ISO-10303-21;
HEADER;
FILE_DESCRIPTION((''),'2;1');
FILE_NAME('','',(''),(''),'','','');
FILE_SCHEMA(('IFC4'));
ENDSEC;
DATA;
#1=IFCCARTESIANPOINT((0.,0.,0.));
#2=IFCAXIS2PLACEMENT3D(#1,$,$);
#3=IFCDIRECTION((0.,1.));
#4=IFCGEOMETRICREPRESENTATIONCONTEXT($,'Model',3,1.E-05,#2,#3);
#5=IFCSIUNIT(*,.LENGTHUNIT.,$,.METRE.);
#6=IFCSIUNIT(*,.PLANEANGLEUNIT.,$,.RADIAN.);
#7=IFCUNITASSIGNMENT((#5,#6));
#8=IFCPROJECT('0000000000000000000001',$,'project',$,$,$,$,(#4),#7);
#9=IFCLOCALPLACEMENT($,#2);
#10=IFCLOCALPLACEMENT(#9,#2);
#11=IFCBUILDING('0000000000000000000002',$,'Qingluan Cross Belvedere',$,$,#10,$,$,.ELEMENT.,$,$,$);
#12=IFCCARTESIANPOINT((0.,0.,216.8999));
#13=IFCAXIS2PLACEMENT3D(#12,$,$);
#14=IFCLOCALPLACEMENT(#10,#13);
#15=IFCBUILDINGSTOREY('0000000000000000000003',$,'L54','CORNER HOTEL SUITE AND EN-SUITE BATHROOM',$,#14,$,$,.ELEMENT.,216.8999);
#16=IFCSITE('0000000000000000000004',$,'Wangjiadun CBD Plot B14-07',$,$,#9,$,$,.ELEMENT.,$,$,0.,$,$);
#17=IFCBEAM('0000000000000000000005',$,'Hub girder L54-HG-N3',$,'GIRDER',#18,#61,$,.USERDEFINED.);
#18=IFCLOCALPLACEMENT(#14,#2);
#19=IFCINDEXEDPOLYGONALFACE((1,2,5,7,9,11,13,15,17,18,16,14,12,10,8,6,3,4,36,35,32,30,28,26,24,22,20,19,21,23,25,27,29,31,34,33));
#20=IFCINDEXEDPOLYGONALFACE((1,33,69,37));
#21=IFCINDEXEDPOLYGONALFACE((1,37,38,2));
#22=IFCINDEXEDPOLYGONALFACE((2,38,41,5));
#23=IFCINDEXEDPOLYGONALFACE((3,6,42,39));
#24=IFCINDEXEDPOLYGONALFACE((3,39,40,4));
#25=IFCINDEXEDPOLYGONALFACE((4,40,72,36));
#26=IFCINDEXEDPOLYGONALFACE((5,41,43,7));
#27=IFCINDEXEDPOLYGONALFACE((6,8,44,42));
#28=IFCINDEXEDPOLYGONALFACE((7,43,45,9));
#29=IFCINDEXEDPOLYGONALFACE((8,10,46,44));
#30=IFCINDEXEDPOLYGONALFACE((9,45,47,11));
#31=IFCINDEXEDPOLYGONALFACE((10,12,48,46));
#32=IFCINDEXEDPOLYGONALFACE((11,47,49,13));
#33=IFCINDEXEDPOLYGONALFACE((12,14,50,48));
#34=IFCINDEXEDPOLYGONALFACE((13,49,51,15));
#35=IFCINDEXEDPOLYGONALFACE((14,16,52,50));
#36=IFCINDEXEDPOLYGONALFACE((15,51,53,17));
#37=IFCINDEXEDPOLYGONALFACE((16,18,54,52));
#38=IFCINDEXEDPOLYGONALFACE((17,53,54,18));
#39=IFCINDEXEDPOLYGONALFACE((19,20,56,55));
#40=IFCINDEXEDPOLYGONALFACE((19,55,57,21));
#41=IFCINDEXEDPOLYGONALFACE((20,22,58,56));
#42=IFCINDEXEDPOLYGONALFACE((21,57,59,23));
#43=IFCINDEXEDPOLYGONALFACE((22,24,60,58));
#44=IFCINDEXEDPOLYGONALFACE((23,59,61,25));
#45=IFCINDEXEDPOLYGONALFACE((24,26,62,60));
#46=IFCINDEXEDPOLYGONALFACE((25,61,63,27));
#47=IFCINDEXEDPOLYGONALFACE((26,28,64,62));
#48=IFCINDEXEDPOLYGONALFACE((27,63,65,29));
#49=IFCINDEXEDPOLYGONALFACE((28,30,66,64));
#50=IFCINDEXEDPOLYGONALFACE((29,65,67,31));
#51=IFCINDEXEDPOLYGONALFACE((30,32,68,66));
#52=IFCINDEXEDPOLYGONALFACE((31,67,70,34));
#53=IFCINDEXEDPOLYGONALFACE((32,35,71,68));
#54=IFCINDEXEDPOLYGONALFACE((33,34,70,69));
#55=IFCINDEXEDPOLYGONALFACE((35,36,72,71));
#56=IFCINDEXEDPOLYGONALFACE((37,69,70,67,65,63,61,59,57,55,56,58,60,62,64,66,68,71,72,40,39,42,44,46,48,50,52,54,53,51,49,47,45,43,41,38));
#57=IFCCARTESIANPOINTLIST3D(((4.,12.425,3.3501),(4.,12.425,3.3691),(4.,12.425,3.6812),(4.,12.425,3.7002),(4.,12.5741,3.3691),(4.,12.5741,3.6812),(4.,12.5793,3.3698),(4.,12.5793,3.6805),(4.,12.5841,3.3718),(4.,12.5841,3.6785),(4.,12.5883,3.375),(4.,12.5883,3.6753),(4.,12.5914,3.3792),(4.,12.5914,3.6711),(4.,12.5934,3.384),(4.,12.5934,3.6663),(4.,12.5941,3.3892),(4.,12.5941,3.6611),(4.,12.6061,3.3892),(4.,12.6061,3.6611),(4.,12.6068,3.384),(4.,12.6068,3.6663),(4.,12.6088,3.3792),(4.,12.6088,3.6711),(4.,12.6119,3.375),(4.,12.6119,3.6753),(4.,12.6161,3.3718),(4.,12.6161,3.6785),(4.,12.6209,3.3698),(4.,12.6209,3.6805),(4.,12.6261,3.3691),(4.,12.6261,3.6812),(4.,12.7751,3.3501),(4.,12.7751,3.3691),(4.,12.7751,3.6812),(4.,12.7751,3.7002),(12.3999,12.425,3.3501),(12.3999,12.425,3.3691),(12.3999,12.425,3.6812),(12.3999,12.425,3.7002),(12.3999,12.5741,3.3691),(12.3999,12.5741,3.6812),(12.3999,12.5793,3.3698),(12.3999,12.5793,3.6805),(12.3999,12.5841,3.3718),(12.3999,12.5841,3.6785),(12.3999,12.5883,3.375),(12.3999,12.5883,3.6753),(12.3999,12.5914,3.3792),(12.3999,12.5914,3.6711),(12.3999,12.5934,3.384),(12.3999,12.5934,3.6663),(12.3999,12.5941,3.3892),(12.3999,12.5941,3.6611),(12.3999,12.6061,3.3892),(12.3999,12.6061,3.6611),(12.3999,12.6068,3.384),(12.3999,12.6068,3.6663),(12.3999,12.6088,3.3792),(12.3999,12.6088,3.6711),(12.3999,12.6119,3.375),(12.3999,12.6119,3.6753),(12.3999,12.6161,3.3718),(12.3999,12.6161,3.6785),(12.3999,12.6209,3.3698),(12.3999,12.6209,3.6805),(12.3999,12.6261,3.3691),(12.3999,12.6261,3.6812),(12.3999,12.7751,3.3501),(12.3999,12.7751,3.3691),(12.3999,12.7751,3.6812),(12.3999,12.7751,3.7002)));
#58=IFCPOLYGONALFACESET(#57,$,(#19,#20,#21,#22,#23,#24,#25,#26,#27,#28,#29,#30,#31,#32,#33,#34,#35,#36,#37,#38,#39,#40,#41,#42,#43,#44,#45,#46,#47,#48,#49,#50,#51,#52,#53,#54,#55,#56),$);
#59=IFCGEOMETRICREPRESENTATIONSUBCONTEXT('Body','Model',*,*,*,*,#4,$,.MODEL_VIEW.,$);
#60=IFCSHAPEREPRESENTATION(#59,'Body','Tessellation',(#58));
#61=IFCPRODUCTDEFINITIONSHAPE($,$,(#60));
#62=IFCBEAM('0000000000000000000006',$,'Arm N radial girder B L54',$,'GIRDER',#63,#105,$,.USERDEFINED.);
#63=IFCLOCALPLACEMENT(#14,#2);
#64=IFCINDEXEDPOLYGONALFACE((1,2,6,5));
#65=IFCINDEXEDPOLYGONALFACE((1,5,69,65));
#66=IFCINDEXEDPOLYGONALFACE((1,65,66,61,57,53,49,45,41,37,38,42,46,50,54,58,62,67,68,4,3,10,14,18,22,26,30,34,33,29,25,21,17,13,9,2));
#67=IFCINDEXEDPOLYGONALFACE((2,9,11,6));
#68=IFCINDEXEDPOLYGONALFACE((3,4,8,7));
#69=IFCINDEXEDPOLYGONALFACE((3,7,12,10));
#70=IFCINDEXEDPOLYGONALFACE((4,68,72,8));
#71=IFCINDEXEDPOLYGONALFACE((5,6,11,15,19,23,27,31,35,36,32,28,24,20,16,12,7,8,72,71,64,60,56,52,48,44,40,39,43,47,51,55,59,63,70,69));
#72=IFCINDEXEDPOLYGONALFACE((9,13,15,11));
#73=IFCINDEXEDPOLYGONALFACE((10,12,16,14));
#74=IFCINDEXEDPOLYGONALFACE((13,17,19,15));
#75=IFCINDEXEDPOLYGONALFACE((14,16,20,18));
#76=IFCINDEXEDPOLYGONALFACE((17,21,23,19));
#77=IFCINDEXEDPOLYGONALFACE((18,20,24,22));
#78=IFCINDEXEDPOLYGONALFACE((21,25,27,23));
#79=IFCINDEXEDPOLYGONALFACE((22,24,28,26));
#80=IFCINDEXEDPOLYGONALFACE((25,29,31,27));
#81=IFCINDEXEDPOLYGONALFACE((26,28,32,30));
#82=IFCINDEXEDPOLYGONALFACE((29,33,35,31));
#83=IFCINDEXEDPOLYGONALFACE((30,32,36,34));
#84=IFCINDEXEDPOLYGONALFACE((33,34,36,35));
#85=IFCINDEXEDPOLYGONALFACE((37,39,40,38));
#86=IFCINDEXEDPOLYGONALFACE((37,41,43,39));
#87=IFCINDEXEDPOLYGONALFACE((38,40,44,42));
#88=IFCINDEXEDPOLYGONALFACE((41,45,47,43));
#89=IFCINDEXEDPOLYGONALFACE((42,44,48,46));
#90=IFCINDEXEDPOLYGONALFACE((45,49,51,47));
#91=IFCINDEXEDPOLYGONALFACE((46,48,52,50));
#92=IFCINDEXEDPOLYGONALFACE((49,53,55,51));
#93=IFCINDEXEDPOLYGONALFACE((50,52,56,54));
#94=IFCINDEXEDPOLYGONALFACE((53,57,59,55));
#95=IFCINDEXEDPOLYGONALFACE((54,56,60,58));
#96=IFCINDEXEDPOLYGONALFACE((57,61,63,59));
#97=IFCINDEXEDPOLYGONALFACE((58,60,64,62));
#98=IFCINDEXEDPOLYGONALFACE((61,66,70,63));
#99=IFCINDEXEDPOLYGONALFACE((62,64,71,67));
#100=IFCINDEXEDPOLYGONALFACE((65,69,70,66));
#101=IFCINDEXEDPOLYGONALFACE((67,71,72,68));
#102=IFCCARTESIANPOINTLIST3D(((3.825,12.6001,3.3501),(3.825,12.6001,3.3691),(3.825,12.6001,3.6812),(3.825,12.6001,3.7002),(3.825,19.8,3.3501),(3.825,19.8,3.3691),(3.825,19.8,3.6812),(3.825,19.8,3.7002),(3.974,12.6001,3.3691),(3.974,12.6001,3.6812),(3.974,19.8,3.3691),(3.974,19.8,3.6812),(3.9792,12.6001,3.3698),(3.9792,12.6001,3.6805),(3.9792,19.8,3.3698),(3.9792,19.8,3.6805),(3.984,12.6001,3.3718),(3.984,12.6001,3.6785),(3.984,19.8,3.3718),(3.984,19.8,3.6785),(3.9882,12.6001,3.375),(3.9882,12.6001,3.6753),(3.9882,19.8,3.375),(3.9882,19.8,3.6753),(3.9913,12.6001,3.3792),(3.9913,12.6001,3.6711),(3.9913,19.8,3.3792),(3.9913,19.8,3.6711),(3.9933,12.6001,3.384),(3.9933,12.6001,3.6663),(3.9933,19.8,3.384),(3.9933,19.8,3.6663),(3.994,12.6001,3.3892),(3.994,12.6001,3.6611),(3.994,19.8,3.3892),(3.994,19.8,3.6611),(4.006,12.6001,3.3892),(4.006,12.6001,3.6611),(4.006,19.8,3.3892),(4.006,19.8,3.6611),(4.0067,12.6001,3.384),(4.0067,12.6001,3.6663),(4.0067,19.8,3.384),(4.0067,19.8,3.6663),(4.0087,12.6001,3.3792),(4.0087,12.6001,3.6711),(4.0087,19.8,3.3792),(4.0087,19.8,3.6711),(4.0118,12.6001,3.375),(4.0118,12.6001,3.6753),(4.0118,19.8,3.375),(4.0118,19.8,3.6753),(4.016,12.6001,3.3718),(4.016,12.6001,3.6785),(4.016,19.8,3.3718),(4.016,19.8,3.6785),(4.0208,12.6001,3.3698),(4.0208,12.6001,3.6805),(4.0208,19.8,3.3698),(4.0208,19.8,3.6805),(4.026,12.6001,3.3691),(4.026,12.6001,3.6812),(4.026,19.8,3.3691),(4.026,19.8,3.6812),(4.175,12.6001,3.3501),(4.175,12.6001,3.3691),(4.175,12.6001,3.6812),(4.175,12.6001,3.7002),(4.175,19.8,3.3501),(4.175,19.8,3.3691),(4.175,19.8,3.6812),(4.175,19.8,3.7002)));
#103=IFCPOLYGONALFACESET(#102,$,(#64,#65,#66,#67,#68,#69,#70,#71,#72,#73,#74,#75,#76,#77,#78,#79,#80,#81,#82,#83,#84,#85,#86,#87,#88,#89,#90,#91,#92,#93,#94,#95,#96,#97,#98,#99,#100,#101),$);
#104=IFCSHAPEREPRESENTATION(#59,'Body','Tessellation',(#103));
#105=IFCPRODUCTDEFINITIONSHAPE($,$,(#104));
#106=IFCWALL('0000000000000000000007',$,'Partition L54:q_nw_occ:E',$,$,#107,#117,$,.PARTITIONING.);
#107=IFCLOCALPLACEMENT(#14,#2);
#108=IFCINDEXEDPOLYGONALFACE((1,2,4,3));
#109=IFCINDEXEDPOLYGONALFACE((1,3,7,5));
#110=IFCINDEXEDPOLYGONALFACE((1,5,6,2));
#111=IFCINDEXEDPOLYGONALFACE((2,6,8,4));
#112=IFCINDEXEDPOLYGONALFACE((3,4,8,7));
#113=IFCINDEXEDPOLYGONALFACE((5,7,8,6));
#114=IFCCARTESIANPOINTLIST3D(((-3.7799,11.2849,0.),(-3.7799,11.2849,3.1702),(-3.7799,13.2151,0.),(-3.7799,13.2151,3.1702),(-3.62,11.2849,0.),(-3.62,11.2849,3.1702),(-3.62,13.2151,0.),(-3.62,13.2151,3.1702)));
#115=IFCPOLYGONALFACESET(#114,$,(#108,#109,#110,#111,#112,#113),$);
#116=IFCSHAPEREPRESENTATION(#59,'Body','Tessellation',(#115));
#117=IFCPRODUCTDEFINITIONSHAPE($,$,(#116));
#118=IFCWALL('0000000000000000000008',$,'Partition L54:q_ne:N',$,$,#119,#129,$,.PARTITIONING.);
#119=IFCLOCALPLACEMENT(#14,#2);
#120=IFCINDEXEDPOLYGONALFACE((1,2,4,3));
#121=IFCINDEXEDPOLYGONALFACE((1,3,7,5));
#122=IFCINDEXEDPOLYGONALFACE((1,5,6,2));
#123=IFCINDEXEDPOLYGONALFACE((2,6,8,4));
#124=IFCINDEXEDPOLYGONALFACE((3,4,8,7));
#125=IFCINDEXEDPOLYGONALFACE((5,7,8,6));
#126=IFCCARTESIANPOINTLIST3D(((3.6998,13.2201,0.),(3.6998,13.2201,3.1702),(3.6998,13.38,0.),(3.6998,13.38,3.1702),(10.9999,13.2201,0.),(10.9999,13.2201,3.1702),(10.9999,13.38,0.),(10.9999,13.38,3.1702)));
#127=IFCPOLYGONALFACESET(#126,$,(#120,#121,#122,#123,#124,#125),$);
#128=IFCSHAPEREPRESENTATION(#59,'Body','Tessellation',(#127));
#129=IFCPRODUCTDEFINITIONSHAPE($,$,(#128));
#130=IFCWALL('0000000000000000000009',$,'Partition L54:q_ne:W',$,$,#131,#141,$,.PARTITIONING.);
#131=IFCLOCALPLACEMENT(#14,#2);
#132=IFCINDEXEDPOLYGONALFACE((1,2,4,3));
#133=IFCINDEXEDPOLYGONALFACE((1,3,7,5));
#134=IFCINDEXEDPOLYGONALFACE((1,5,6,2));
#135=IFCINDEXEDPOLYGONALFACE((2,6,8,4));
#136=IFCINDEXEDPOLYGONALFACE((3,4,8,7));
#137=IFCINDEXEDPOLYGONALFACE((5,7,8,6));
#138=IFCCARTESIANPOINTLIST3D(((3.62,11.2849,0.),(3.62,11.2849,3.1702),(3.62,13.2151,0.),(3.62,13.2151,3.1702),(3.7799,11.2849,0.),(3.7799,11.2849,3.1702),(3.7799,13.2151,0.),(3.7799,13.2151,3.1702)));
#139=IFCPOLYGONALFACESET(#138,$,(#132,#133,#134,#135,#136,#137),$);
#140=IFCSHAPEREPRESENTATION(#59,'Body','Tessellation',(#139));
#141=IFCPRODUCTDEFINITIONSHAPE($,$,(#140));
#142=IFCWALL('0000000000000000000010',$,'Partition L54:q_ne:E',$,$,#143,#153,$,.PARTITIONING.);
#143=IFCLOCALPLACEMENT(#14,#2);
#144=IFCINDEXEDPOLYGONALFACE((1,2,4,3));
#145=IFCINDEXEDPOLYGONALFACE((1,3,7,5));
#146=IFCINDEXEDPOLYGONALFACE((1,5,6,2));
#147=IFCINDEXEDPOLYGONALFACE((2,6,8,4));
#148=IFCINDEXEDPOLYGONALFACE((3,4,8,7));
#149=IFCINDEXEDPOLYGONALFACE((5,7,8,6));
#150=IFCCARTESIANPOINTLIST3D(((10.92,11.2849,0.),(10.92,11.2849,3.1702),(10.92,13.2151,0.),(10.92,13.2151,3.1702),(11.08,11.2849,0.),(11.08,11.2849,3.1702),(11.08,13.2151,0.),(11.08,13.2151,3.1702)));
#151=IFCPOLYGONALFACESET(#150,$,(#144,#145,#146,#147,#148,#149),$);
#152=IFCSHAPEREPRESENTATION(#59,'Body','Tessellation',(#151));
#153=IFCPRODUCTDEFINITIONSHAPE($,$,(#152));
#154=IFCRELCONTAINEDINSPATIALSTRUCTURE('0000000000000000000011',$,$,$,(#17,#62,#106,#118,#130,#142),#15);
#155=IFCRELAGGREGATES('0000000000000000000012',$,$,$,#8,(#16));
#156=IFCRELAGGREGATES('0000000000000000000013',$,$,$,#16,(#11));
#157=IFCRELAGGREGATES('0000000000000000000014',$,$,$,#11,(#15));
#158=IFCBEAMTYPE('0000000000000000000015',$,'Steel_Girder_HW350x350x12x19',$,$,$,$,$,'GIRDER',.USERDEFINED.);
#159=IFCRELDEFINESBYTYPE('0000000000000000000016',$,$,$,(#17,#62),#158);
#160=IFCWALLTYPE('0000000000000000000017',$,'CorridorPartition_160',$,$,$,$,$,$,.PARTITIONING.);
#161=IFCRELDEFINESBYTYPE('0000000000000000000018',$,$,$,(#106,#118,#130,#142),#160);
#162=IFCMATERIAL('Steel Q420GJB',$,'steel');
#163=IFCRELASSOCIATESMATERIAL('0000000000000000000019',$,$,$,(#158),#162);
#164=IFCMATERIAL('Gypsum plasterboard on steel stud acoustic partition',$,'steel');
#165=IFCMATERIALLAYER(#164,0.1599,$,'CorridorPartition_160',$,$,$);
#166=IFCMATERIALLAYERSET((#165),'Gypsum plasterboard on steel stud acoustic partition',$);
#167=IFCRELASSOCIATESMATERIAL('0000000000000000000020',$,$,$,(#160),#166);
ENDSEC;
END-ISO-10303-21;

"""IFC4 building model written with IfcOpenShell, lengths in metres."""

from ifc_helpers import new_model, si_unit, direction, frame, frame_2d, origin, origin_2d, place, context, subcontext, project, spatial, rectangle, i_section, extrude, material, layer, layer_set, material_profile, profile_set, type_object, element, save


model = new_model("IFC4")

# Units and contexts
model_context = context("Model", 3, precision=1e-05, world=origin(), true_north=direction((0.0, 1.0)))
body_context = subcontext(model_context, "Body", "Model", "MODEL_VIEW")
ifc_project = project(units=[si_unit("LENGTHUNIT", "METRE"), si_unit("PLANEANGLEUNIT", "RADIAN")], contexts=[model_context])

# Site, building, storey
site_placement = place(None, origin())
site = spatial("IfcSite", under=ifc_project, at=site_placement, Name="Wangjiadun CBD Plot B14-07", CompositionType="ELEMENT", RefElevation=0.0)
building_placement = place(site_placement, origin())
building = spatial("IfcBuilding", under=site, at=building_placement, Name="Qingluan Cross Belvedere", CompositionType="ELEMENT")
storey_placement = place(building_placement, frame((0.0, 0.0, 216.8999)))
storey = spatial("IfcBuildingStorey", under=building, at=storey_placement, Name="L54", Description="CORNER HOTEL SUITE AND EN-SUITE BATHROOM", CompositionType="ELEMENT", Elevation=216.8999)

# Beams
ifc_material_1 = material(Name="Steel Q420GJB", Category="steel")
ifc_material_profile_1 = material_profile(ifc_material_1, i_section(OverallWidth=0.3501, OverallDepth=0.3501, WebThickness=0.012, FlangeThickness=0.019, FilletRadius=0.02, at=origin_2d()), Name="HW350x350x12x19")
ifc_profile_set_1 = profile_set([ifc_material_profile_1], Name="Steel Q420GJB")
beam_type_1 = type_object("IfcBeamType", Name="Steel_Girder_HW350x350x12x19", ElementType="GIRDER", PredefinedType="USERDEFINED", material=ifc_profile_set_1)
beam_1_placement = place(storey_placement, frame((4.0, 12.6001, 3.5251), z_axis=(1.0, 0.0, 0.0), x_axis=(0.0, 1.0, 0.0)))
element("IfcBeam", 1, at=beam_1_placement, inside=storey, type_object=beam_type_1, Name="Hub girder L54-HG-N3", ObjectType="GIRDER", PredefinedType="USERDEFINED", context=body_context, shape_type="SweptSolid", body=[
    extrude(i_section(OverallWidth=0.3501, OverallDepth=0.3501, WebThickness=0.012, FlangeThickness=0.019, FilletRadius=0.02, at=origin_2d()), origin(), (0.0, 0.0, 1.0), 8.3999),
])
beam_2_placement = place(storey_placement, frame((4.0, 12.6001, 3.5251), z_axis=(0.0, 1.0, 0.0), x_axis=(-1.0, 0.0, 0.0)))
element("IfcBeam", 2, at=beam_2_placement, inside=storey, type_object=beam_type_1, Name="Arm N radial girder B L54", ObjectType="GIRDER", PredefinedType="USERDEFINED", context=body_context, shape_type="SweptSolid", body=[
    extrude(i_section(OverallWidth=0.3501, OverallDepth=0.3501, WebThickness=0.012, FlangeThickness=0.019, FilletRadius=0.02, at=origin_2d()), origin(), (0.0, 0.0, 1.0), 7.2),
])

# Walls
ifc_material_2 = material(Name="Gypsum plasterboard on steel stud acoustic partition", Category="steel")
ifc_layer_1 = layer(ifc_material_2, 0.1599, Name="CorridorPartition_160")
ifc_layer_set_1 = layer_set([ifc_layer_1], Name="Gypsum plasterboard on steel stud acoustic partition")
wall_type_1 = type_object("IfcWallType", Name="CorridorPartition_160", PredefinedType="PARTITIONING", material=ifc_layer_set_1)
wall_1_placement = place(storey_placement, frame((-3.7, 11.2849, 0.0), z_axis=(0.0, 0.0, 1.0), x_axis=(0.0, 1.0, 0.0)))
element("IfcWall", 3, at=wall_1_placement, inside=storey, type_object=wall_type_1, Name="Partition L54:q_nw_occ:E", PredefinedType="PARTITIONING", context=body_context, shape_type="SweptSolid", body=[
    extrude(rectangle(XDim=1.9302, YDim=0.1599, at=frame_2d((0.9651, 0.0))), origin(), (0.0, 0.0, 1.0), 3.1702),
])
wall_2_placement = place(storey_placement, frame((3.7, 13.3, 0.0), z_axis=(0.0, 0.0, 1.0), x_axis=(1.0, 0.0, 0.0)))
element("IfcWall", 4, at=wall_2_placement, inside=storey, type_object=wall_type_1, Name="Partition L54:q_ne:N", PredefinedType="PARTITIONING", context=body_context, shape_type="SweptSolid", body=[
    extrude(rectangle(XDim=7.3, YDim=0.1599, at=frame_2d((3.6499, 0.0))), origin(), (0.0, 0.0, 1.0), 3.1702),
])
for number, where, z_axis, x_axis, name in (
    (5, (3.7, 11.2849, 0.0), (0.0, 0.0, 1.0), (0.0, 1.0, 0.0), "Partition L54:q_ne:W"),
    (6, (11.0, 11.2849, 0.0), (0.0, 0.0, 1.0), (0.0, 1.0, 0.0), "Partition L54:q_ne:E"),
):
    element("IfcWall", number, at=place(storey_placement, frame(where, z_axis=z_axis, x_axis=x_axis)), inside=storey, type_object=wall_type_1, Name=name, PredefinedType="PARTITIONING", context=body_context, shape_type="SweptSolid", body=[
        extrude(rectangle(XDim=1.9302, YDim=0.1599, at=frame_2d((0.9651, 0.0))), origin(), (0.0, 0.0, 1.0), 3.1702),
    ])

save(model, "model.ifc")
